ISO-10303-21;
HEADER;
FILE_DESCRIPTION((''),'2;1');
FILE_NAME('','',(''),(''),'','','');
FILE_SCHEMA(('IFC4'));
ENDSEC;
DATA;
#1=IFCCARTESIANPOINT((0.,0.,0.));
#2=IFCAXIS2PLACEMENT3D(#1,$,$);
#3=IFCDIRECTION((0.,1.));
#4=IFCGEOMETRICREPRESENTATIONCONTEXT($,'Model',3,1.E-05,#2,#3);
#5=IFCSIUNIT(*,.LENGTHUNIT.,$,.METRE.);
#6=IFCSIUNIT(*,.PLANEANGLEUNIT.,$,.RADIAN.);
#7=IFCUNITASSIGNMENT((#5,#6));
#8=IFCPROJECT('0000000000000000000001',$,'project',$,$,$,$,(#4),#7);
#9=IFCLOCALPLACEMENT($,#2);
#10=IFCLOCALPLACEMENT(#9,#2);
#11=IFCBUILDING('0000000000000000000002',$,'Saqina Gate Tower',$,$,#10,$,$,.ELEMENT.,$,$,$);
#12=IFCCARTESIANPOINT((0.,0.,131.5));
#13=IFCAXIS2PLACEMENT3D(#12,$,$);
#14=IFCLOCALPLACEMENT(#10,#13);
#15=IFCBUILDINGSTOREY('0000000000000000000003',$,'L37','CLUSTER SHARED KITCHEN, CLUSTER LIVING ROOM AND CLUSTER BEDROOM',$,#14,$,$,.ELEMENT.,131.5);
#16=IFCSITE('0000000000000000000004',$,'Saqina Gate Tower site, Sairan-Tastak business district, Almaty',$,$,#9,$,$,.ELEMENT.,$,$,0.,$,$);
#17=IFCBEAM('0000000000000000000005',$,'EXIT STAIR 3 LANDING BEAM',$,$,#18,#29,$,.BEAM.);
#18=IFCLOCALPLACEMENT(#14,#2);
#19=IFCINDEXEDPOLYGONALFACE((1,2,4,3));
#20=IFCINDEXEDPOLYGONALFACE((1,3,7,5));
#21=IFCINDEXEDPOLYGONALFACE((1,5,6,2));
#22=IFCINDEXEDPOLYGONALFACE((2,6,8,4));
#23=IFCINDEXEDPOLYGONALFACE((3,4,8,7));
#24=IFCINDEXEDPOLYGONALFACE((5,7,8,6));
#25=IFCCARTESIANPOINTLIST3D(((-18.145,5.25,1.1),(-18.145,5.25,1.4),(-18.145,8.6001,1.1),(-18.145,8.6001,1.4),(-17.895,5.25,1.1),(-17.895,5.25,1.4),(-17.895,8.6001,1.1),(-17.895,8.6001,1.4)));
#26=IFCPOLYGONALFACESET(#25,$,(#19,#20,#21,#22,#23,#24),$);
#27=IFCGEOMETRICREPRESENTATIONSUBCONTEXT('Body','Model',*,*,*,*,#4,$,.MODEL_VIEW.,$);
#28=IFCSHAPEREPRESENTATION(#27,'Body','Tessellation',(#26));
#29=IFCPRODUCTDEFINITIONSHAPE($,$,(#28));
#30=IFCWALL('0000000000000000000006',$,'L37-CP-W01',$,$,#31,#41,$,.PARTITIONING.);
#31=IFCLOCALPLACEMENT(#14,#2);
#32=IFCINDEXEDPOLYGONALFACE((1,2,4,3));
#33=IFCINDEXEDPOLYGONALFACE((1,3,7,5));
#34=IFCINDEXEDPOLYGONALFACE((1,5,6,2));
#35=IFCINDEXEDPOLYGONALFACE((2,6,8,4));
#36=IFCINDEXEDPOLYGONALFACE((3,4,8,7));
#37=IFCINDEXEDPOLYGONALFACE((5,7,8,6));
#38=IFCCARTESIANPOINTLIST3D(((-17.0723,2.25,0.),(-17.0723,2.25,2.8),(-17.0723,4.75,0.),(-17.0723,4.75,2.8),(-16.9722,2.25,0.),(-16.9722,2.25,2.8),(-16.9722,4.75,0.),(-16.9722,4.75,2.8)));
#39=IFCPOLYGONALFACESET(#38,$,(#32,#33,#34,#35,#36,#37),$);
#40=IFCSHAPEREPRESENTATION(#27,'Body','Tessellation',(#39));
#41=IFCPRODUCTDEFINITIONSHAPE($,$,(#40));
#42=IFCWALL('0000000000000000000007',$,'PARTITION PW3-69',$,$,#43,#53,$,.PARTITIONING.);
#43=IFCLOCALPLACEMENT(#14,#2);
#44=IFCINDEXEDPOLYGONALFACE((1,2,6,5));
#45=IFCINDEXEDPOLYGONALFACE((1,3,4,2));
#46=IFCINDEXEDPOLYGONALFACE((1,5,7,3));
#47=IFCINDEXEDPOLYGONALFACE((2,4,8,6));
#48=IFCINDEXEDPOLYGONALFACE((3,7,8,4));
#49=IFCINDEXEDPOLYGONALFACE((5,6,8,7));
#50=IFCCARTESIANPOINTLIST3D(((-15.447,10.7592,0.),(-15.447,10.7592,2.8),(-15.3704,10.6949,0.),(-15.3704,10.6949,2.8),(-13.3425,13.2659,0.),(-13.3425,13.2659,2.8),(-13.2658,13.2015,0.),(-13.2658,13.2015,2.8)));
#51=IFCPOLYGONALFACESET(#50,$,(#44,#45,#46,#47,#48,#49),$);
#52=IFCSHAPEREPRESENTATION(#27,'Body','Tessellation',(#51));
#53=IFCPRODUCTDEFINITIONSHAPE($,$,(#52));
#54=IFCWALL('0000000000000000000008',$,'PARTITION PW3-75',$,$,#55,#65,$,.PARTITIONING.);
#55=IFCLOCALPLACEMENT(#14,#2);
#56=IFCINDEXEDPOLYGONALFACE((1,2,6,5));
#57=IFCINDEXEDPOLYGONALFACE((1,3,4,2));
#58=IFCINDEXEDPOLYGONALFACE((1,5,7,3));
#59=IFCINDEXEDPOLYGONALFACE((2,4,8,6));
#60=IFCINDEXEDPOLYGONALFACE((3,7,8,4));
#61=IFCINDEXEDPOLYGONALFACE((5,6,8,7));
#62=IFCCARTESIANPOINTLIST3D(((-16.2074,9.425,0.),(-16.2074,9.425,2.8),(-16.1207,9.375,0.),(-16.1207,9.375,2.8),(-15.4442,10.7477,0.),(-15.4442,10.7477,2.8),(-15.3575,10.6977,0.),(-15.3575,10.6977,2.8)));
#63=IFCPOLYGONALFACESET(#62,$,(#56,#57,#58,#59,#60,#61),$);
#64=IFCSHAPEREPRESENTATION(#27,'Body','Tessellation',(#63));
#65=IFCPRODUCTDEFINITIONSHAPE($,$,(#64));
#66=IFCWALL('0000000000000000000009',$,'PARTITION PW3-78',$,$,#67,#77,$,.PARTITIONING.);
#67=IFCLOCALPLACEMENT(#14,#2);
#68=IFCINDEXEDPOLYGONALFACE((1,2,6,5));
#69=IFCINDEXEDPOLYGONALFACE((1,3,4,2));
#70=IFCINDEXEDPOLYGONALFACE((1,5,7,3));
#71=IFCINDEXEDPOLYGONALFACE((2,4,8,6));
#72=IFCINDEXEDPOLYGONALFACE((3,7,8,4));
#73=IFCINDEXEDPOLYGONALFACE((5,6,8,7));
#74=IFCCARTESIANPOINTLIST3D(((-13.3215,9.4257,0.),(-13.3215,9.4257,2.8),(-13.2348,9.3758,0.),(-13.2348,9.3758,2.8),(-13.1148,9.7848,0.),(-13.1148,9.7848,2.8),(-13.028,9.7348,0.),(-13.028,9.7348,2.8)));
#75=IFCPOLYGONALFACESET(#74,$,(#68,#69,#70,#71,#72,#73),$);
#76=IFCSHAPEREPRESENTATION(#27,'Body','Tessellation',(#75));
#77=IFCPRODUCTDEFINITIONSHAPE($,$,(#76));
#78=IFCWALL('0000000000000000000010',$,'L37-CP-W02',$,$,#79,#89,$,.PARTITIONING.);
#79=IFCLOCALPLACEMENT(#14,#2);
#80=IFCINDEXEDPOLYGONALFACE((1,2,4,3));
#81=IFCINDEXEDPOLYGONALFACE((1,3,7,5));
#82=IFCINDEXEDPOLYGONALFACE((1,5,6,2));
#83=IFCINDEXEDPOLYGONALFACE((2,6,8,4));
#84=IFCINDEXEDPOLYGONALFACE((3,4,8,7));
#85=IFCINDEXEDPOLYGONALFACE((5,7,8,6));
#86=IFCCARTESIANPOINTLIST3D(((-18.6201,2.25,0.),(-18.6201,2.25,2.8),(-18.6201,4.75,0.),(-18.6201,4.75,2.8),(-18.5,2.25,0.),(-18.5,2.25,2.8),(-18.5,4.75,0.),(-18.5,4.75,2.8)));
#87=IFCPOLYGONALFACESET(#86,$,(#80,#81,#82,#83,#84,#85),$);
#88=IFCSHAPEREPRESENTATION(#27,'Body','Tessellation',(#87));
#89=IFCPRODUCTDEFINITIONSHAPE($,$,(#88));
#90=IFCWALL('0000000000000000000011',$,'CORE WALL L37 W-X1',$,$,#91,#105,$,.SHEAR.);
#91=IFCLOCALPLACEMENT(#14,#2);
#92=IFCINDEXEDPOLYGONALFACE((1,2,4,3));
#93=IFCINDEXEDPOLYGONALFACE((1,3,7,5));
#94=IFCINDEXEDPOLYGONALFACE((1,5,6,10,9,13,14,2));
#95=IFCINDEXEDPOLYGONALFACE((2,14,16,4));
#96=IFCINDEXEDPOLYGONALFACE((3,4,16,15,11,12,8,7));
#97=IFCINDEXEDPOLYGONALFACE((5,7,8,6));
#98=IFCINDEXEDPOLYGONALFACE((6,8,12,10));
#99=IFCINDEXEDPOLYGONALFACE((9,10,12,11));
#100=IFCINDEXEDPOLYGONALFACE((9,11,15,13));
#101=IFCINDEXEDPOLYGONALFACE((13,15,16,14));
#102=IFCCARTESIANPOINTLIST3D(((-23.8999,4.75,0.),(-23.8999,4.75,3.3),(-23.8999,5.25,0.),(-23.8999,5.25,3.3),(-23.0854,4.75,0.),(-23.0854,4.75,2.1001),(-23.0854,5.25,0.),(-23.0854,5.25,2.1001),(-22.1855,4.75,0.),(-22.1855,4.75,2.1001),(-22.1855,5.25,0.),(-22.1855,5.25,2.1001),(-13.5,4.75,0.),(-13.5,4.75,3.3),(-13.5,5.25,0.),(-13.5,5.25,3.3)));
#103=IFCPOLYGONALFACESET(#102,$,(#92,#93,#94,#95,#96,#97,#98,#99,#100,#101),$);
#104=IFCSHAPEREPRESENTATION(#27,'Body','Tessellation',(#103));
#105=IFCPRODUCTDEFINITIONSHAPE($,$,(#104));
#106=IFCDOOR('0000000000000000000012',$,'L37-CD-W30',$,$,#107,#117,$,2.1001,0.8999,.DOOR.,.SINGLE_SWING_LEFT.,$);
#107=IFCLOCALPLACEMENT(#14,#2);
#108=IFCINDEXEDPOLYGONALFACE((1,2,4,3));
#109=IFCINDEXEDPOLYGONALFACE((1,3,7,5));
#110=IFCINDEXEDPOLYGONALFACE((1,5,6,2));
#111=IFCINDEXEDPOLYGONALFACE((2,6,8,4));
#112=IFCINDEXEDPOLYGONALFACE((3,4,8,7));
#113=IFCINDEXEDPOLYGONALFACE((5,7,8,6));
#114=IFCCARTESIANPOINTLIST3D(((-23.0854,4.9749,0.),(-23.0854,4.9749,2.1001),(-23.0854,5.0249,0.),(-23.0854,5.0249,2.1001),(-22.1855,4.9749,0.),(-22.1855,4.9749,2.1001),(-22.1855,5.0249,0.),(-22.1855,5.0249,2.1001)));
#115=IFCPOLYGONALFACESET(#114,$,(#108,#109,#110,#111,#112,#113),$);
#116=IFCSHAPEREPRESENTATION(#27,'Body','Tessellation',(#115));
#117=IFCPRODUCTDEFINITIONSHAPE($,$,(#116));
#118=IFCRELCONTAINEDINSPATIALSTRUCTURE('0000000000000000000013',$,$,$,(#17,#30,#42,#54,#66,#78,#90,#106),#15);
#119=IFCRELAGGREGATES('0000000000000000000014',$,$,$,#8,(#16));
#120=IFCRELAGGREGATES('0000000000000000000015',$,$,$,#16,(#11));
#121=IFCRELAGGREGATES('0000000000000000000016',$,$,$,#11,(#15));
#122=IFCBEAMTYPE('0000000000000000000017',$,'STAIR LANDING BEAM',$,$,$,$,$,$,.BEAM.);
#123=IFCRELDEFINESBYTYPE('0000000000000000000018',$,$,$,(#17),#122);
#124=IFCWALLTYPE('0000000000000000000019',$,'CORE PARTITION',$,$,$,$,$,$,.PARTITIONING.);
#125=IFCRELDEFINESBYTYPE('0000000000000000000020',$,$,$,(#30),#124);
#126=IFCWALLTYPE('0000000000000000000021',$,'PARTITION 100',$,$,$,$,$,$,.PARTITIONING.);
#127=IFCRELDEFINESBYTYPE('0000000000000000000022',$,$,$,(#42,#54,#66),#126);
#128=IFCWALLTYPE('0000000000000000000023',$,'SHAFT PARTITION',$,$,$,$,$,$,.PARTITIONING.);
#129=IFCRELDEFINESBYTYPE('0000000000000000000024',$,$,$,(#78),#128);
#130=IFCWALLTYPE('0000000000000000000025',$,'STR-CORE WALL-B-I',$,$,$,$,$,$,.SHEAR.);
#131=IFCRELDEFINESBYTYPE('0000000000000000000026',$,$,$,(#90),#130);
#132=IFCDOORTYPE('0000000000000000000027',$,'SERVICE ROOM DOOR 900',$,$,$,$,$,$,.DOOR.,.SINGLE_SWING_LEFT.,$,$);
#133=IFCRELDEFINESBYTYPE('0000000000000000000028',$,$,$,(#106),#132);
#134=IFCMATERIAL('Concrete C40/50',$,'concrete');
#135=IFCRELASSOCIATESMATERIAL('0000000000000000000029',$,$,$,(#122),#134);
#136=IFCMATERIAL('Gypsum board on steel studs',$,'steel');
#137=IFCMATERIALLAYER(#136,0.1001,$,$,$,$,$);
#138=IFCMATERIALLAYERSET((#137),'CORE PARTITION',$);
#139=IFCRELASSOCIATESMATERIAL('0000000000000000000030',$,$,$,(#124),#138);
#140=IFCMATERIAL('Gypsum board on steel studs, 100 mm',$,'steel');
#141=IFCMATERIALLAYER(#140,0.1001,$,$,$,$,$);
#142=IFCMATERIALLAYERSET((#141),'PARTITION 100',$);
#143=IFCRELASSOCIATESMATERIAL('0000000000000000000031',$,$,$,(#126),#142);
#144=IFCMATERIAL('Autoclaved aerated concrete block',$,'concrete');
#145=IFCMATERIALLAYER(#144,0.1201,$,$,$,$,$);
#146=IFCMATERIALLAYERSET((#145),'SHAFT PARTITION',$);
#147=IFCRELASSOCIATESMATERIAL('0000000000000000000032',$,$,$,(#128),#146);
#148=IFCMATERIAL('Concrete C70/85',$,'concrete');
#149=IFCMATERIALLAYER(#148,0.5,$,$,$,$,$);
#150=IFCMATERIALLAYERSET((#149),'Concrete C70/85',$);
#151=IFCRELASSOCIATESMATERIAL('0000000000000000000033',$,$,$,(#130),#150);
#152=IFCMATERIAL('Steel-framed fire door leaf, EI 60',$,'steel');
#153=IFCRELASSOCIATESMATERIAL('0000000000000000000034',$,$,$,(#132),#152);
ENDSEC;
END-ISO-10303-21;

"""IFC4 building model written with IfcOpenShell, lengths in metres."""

from ifc_helpers import new_model, si_unit, direction, frame, frame_2d, origin, origin_2d, place, context, subcontext, project, spatial, rectangle, extrude, material, layer, layer_set, material_profile, profile_set, type_object, element, fill, save


model = new_model("IFC4")

# Units and contexts
model_context = context("Model", 3, precision=1e-05, world=origin(), true_north=direction((0.0, 1.0)))
body_context = subcontext(model_context, "Body", "Model", "MODEL_VIEW")
ifc_project = project(units=[si_unit("LENGTHUNIT", "METRE"), si_unit("PLANEANGLEUNIT", "RADIAN")], contexts=[model_context])

# Site, building, storey
site_placement = place(None, origin())
site = spatial("IfcSite", under=ifc_project, at=site_placement, Name="Saqina Gate Tower site, Sairan-Tastak business district, Almaty", CompositionType="ELEMENT", RefElevation=0.0)
building_placement = place(site_placement, origin())
building = spatial("IfcBuilding", under=site, at=building_placement, Name="Saqina Gate Tower", CompositionType="ELEMENT")
storey_placement = place(building_placement, frame((0.0, 0.0, 131.5)))
storey = spatial("IfcBuildingStorey", under=building, at=storey_placement, Name="L37", Description="CLUSTER SHARED KITCHEN, CLUSTER LIVING ROOM AND CLUSTER BEDROOM", CompositionType="ELEMENT", Elevation=131.5)

# Beam
ifc_material_1 = material(Name="Concrete C40/50", Category="concrete")
ifc_material_profile = material_profile(ifc_material_1, rectangle(XDim=0.25, YDim=0.3, at=origin_2d()), Name="STAIR LANDING BEAM")
ifc_profile_set = profile_set([ifc_material_profile], Name="Concrete C40/50")
beam_type = type_object("IfcBeamType", Name="STAIR LANDING BEAM", PredefinedType="BEAM", material=ifc_profile_set)
beam_placement = place(storey_placement, frame((-18.02, 5.25, 1.25), z_axis=(0.0, 1.0, 0.0), x_axis=(-1.0, 0.0, 0.0)))
element("IfcBeam", 1, at=beam_placement, inside=storey, type_object=beam_type, Name="EXIT STAIR 3 LANDING BEAM", PredefinedType="BEAM", context=body_context, shape_type="SweptSolid", body=[
    extrude(rectangle(XDim=0.25, YDim=0.3, at=origin_2d()), origin(), (0.0, 0.0, 1.0), 3.3501),
])

# Walls
ifc_material_2 = material(Name="Gypsum board on steel studs", Category="steel")
ifc_layer_1 = layer(ifc_material_2, 0.1001)
ifc_layer_set_1 = layer_set([ifc_layer_1], Name="CORE PARTITION")
wall_type_1 = type_object("IfcWallType", Name="CORE PARTITION", PredefinedType="PARTITIONING", material=ifc_layer_set_1)
wall_1_placement = place(storey_placement, frame((-17.0222, 2.25, 0.0), z_axis=(0.0, 0.0, 1.0), x_axis=(0.0, 1.0, 0.0)))
element("IfcWall", 2, at=wall_1_placement, inside=storey, type_object=wall_type_1, Name="L37-CP-W01", PredefinedType="PARTITIONING", context=body_context, shape_type="SweptSolid", body=[
    extrude(rectangle(XDim=2.5, YDim=0.1001, at=frame_2d((1.25, 0.0))), origin(), (0.0, 0.0, 1.0), 2.8),
])
ifc_material_3 = material(Name="Gypsum board on steel studs, 100 mm", Category="steel")
ifc_layer_2 = layer(ifc_material_3, 0.1001)
ifc_layer_set_2 = layer_set([ifc_layer_2], Name="PARTITION 100")
wall_type_2 = type_object("IfcWallType", Name="PARTITION 100", PredefinedType="PARTITIONING", material=ifc_layer_set_2)
wall_2_placement = place(storey_placement, frame((-15.4087, 10.7271, 0.0), z_axis=(0.0, 0.0, 1.0), x_axis=(0.643005, 0.765862, 0.0)))
element("IfcWall", 3, at=wall_2_placement, inside=storey, type_object=wall_type_2, Name="PARTITION PW3-69", PredefinedType="PARTITIONING", context=body_context, shape_type="SweptSolid", body=[
    extrude(rectangle(XDim=3.2729, YDim=0.1001, at=frame_2d((1.6365, 0.0))), origin(), (0.0, 0.0, 1.0), 2.8),
])
wall_3_placement = place(storey_placement, frame((-16.1641, 9.3999, 0.0), z_axis=(0.0, 0.0, 1.0), x_axis=(0.49975, 0.86617, 0.0)))
element("IfcWall", 4, at=wall_3_placement, inside=storey, type_object=wall_type_2, Name="PARTITION PW3-75", PredefinedType="PARTITIONING", context=body_context, shape_type="SweptSolid", body=[
    extrude(rectangle(XDim=1.5271, YDim=0.1001, at=frame_2d((0.7637, 0.0))), origin(), (0.0, 0.0, 1.0), 2.8),
])
wall_4_placement = place(storey_placement, frame((-13.2781, 9.4009, 0.0), z_axis=(0.0, 0.0, 1.0), x_axis=(0.498991, 0.866607, 0.0)))
element("IfcWall", 5, at=wall_4_placement, inside=storey, type_object=wall_type_2, Name="PARTITION PW3-78", PredefinedType="PARTITIONING", context=body_context, shape_type="SweptSolid", body=[
    extrude(rectangle(XDim=0.4143, YDim=0.1001, at=frame_2d((0.207, 0.0))), origin(), (0.0, 0.0, 1.0), 2.8),
])
ifc_material_4 = material(Name="Autoclaved aerated concrete block", Category="concrete")
ifc_layer_3 = layer(ifc_material_4, 0.1201)
ifc_layer_set_3 = layer_set([ifc_layer_3], Name="SHAFT PARTITION")
wall_type_3 = type_object("IfcWallType", Name="SHAFT PARTITION", PredefinedType="PARTITIONING", material=ifc_layer_set_3)
wall_5_placement = place(storey_placement, frame((-18.5601, 2.25, 0.0), z_axis=(0.0, 0.0, 1.0), x_axis=(0.0, 1.0, 0.0)))
element("IfcWall", 6, at=wall_5_placement, inside=storey, type_object=wall_type_3, Name="L37-CP-W02", PredefinedType="PARTITIONING", context=body_context, shape_type="SweptSolid", body=[
    extrude(rectangle(XDim=2.5, YDim=0.1201, at=frame_2d((1.25, 0.0))), origin(), (0.0, 0.0, 1.0), 2.8),
])

# Wall, opening, door
ifc_material_5 = material(Name="Concrete C70/85", Category="concrete")
ifc_layer_4 = layer(ifc_material_5, 0.5)
ifc_layer_set_4 = layer_set([ifc_layer_4], Name="Concrete C70/85")
wall_type_4 = type_object("IfcWallType", Name="STR-CORE WALL-B-I", PredefinedType="SHEAR", material=ifc_layer_set_4)
wall_6_placement = place(storey_placement, frame((-13.5, 5.0, 0.0), z_axis=(0.0, 0.0, 1.0), x_axis=(-1.0, 0.0, 0.0)))
wall_6 = element("IfcWall", 7, at=wall_6_placement, inside=storey, type_object=wall_type_4, Name="CORE WALL L37 W-X1", PredefinedType="SHEAR", context=body_context, shape_type="SweptSolid", body=[
    extrude(rectangle(XDim=10.3999, YDim=0.5, at=frame_2d((5.2, 0.0))), origin(), (0.0, 0.0, 1.0), 3.3),
])
opening_1_placement = place(wall_6_placement, frame((8.6855, 0.0, 0.0)))
opening_1 = element("IfcOpeningElement", 8, at=opening_1_placement, cuts=wall_6, PredefinedType="OPENING", context=body_context, shape_type="SweptSolid", body=[
    extrude(rectangle(XDim=0.8999, YDim=2.1001, at=frame_2d((0.45, 1.05))), frame((0.0, 0.262, 0.0), z_axis=(0.0, -1.0, 0.0), x_axis=(1.0, 0.0, 0.0)), (0.0, 0.0, 1.0), 0.5239),
])
ifc_material_6 = material(Name="Steel-framed fire door leaf, EI 60", Category="steel")
door_type_1 = type_object("IfcDoorType", Name="SERVICE ROOM DOOR 900", OperationType="SINGLE_SWING_LEFT", PredefinedType="DOOR", material=ifc_material_6)
door_1_placement = place(opening_1_placement, frame((0.8999, 0.0, 0.0), z_axis=(0.0, 0.0, 1.0), x_axis=(-1.0, 0.0, 0.0)))
door_1 = element("IfcDoor", 9, at=door_1_placement, inside=storey, type_object=door_type_1, Name="L37-CD-W30", OperationType="SINGLE_SWING_LEFT", OverallHeight=2.1001, OverallWidth=0.8999, PredefinedType="DOOR", context=body_context, shape_type="SweptSolid", body=[
    extrude(rectangle(XDim=0.8999, YDim=2.1001, at=frame_2d((0.45, 1.05))), frame((0.0, 0.0249, 0.0), z_axis=(0.0, -1.0, 0.0), x_axis=(1.0, 0.0, 0.0)), (0.0, 0.0, 1.0), 0.05),
])
fill(opening_1, door_1)

save(model, "model.ifc")
